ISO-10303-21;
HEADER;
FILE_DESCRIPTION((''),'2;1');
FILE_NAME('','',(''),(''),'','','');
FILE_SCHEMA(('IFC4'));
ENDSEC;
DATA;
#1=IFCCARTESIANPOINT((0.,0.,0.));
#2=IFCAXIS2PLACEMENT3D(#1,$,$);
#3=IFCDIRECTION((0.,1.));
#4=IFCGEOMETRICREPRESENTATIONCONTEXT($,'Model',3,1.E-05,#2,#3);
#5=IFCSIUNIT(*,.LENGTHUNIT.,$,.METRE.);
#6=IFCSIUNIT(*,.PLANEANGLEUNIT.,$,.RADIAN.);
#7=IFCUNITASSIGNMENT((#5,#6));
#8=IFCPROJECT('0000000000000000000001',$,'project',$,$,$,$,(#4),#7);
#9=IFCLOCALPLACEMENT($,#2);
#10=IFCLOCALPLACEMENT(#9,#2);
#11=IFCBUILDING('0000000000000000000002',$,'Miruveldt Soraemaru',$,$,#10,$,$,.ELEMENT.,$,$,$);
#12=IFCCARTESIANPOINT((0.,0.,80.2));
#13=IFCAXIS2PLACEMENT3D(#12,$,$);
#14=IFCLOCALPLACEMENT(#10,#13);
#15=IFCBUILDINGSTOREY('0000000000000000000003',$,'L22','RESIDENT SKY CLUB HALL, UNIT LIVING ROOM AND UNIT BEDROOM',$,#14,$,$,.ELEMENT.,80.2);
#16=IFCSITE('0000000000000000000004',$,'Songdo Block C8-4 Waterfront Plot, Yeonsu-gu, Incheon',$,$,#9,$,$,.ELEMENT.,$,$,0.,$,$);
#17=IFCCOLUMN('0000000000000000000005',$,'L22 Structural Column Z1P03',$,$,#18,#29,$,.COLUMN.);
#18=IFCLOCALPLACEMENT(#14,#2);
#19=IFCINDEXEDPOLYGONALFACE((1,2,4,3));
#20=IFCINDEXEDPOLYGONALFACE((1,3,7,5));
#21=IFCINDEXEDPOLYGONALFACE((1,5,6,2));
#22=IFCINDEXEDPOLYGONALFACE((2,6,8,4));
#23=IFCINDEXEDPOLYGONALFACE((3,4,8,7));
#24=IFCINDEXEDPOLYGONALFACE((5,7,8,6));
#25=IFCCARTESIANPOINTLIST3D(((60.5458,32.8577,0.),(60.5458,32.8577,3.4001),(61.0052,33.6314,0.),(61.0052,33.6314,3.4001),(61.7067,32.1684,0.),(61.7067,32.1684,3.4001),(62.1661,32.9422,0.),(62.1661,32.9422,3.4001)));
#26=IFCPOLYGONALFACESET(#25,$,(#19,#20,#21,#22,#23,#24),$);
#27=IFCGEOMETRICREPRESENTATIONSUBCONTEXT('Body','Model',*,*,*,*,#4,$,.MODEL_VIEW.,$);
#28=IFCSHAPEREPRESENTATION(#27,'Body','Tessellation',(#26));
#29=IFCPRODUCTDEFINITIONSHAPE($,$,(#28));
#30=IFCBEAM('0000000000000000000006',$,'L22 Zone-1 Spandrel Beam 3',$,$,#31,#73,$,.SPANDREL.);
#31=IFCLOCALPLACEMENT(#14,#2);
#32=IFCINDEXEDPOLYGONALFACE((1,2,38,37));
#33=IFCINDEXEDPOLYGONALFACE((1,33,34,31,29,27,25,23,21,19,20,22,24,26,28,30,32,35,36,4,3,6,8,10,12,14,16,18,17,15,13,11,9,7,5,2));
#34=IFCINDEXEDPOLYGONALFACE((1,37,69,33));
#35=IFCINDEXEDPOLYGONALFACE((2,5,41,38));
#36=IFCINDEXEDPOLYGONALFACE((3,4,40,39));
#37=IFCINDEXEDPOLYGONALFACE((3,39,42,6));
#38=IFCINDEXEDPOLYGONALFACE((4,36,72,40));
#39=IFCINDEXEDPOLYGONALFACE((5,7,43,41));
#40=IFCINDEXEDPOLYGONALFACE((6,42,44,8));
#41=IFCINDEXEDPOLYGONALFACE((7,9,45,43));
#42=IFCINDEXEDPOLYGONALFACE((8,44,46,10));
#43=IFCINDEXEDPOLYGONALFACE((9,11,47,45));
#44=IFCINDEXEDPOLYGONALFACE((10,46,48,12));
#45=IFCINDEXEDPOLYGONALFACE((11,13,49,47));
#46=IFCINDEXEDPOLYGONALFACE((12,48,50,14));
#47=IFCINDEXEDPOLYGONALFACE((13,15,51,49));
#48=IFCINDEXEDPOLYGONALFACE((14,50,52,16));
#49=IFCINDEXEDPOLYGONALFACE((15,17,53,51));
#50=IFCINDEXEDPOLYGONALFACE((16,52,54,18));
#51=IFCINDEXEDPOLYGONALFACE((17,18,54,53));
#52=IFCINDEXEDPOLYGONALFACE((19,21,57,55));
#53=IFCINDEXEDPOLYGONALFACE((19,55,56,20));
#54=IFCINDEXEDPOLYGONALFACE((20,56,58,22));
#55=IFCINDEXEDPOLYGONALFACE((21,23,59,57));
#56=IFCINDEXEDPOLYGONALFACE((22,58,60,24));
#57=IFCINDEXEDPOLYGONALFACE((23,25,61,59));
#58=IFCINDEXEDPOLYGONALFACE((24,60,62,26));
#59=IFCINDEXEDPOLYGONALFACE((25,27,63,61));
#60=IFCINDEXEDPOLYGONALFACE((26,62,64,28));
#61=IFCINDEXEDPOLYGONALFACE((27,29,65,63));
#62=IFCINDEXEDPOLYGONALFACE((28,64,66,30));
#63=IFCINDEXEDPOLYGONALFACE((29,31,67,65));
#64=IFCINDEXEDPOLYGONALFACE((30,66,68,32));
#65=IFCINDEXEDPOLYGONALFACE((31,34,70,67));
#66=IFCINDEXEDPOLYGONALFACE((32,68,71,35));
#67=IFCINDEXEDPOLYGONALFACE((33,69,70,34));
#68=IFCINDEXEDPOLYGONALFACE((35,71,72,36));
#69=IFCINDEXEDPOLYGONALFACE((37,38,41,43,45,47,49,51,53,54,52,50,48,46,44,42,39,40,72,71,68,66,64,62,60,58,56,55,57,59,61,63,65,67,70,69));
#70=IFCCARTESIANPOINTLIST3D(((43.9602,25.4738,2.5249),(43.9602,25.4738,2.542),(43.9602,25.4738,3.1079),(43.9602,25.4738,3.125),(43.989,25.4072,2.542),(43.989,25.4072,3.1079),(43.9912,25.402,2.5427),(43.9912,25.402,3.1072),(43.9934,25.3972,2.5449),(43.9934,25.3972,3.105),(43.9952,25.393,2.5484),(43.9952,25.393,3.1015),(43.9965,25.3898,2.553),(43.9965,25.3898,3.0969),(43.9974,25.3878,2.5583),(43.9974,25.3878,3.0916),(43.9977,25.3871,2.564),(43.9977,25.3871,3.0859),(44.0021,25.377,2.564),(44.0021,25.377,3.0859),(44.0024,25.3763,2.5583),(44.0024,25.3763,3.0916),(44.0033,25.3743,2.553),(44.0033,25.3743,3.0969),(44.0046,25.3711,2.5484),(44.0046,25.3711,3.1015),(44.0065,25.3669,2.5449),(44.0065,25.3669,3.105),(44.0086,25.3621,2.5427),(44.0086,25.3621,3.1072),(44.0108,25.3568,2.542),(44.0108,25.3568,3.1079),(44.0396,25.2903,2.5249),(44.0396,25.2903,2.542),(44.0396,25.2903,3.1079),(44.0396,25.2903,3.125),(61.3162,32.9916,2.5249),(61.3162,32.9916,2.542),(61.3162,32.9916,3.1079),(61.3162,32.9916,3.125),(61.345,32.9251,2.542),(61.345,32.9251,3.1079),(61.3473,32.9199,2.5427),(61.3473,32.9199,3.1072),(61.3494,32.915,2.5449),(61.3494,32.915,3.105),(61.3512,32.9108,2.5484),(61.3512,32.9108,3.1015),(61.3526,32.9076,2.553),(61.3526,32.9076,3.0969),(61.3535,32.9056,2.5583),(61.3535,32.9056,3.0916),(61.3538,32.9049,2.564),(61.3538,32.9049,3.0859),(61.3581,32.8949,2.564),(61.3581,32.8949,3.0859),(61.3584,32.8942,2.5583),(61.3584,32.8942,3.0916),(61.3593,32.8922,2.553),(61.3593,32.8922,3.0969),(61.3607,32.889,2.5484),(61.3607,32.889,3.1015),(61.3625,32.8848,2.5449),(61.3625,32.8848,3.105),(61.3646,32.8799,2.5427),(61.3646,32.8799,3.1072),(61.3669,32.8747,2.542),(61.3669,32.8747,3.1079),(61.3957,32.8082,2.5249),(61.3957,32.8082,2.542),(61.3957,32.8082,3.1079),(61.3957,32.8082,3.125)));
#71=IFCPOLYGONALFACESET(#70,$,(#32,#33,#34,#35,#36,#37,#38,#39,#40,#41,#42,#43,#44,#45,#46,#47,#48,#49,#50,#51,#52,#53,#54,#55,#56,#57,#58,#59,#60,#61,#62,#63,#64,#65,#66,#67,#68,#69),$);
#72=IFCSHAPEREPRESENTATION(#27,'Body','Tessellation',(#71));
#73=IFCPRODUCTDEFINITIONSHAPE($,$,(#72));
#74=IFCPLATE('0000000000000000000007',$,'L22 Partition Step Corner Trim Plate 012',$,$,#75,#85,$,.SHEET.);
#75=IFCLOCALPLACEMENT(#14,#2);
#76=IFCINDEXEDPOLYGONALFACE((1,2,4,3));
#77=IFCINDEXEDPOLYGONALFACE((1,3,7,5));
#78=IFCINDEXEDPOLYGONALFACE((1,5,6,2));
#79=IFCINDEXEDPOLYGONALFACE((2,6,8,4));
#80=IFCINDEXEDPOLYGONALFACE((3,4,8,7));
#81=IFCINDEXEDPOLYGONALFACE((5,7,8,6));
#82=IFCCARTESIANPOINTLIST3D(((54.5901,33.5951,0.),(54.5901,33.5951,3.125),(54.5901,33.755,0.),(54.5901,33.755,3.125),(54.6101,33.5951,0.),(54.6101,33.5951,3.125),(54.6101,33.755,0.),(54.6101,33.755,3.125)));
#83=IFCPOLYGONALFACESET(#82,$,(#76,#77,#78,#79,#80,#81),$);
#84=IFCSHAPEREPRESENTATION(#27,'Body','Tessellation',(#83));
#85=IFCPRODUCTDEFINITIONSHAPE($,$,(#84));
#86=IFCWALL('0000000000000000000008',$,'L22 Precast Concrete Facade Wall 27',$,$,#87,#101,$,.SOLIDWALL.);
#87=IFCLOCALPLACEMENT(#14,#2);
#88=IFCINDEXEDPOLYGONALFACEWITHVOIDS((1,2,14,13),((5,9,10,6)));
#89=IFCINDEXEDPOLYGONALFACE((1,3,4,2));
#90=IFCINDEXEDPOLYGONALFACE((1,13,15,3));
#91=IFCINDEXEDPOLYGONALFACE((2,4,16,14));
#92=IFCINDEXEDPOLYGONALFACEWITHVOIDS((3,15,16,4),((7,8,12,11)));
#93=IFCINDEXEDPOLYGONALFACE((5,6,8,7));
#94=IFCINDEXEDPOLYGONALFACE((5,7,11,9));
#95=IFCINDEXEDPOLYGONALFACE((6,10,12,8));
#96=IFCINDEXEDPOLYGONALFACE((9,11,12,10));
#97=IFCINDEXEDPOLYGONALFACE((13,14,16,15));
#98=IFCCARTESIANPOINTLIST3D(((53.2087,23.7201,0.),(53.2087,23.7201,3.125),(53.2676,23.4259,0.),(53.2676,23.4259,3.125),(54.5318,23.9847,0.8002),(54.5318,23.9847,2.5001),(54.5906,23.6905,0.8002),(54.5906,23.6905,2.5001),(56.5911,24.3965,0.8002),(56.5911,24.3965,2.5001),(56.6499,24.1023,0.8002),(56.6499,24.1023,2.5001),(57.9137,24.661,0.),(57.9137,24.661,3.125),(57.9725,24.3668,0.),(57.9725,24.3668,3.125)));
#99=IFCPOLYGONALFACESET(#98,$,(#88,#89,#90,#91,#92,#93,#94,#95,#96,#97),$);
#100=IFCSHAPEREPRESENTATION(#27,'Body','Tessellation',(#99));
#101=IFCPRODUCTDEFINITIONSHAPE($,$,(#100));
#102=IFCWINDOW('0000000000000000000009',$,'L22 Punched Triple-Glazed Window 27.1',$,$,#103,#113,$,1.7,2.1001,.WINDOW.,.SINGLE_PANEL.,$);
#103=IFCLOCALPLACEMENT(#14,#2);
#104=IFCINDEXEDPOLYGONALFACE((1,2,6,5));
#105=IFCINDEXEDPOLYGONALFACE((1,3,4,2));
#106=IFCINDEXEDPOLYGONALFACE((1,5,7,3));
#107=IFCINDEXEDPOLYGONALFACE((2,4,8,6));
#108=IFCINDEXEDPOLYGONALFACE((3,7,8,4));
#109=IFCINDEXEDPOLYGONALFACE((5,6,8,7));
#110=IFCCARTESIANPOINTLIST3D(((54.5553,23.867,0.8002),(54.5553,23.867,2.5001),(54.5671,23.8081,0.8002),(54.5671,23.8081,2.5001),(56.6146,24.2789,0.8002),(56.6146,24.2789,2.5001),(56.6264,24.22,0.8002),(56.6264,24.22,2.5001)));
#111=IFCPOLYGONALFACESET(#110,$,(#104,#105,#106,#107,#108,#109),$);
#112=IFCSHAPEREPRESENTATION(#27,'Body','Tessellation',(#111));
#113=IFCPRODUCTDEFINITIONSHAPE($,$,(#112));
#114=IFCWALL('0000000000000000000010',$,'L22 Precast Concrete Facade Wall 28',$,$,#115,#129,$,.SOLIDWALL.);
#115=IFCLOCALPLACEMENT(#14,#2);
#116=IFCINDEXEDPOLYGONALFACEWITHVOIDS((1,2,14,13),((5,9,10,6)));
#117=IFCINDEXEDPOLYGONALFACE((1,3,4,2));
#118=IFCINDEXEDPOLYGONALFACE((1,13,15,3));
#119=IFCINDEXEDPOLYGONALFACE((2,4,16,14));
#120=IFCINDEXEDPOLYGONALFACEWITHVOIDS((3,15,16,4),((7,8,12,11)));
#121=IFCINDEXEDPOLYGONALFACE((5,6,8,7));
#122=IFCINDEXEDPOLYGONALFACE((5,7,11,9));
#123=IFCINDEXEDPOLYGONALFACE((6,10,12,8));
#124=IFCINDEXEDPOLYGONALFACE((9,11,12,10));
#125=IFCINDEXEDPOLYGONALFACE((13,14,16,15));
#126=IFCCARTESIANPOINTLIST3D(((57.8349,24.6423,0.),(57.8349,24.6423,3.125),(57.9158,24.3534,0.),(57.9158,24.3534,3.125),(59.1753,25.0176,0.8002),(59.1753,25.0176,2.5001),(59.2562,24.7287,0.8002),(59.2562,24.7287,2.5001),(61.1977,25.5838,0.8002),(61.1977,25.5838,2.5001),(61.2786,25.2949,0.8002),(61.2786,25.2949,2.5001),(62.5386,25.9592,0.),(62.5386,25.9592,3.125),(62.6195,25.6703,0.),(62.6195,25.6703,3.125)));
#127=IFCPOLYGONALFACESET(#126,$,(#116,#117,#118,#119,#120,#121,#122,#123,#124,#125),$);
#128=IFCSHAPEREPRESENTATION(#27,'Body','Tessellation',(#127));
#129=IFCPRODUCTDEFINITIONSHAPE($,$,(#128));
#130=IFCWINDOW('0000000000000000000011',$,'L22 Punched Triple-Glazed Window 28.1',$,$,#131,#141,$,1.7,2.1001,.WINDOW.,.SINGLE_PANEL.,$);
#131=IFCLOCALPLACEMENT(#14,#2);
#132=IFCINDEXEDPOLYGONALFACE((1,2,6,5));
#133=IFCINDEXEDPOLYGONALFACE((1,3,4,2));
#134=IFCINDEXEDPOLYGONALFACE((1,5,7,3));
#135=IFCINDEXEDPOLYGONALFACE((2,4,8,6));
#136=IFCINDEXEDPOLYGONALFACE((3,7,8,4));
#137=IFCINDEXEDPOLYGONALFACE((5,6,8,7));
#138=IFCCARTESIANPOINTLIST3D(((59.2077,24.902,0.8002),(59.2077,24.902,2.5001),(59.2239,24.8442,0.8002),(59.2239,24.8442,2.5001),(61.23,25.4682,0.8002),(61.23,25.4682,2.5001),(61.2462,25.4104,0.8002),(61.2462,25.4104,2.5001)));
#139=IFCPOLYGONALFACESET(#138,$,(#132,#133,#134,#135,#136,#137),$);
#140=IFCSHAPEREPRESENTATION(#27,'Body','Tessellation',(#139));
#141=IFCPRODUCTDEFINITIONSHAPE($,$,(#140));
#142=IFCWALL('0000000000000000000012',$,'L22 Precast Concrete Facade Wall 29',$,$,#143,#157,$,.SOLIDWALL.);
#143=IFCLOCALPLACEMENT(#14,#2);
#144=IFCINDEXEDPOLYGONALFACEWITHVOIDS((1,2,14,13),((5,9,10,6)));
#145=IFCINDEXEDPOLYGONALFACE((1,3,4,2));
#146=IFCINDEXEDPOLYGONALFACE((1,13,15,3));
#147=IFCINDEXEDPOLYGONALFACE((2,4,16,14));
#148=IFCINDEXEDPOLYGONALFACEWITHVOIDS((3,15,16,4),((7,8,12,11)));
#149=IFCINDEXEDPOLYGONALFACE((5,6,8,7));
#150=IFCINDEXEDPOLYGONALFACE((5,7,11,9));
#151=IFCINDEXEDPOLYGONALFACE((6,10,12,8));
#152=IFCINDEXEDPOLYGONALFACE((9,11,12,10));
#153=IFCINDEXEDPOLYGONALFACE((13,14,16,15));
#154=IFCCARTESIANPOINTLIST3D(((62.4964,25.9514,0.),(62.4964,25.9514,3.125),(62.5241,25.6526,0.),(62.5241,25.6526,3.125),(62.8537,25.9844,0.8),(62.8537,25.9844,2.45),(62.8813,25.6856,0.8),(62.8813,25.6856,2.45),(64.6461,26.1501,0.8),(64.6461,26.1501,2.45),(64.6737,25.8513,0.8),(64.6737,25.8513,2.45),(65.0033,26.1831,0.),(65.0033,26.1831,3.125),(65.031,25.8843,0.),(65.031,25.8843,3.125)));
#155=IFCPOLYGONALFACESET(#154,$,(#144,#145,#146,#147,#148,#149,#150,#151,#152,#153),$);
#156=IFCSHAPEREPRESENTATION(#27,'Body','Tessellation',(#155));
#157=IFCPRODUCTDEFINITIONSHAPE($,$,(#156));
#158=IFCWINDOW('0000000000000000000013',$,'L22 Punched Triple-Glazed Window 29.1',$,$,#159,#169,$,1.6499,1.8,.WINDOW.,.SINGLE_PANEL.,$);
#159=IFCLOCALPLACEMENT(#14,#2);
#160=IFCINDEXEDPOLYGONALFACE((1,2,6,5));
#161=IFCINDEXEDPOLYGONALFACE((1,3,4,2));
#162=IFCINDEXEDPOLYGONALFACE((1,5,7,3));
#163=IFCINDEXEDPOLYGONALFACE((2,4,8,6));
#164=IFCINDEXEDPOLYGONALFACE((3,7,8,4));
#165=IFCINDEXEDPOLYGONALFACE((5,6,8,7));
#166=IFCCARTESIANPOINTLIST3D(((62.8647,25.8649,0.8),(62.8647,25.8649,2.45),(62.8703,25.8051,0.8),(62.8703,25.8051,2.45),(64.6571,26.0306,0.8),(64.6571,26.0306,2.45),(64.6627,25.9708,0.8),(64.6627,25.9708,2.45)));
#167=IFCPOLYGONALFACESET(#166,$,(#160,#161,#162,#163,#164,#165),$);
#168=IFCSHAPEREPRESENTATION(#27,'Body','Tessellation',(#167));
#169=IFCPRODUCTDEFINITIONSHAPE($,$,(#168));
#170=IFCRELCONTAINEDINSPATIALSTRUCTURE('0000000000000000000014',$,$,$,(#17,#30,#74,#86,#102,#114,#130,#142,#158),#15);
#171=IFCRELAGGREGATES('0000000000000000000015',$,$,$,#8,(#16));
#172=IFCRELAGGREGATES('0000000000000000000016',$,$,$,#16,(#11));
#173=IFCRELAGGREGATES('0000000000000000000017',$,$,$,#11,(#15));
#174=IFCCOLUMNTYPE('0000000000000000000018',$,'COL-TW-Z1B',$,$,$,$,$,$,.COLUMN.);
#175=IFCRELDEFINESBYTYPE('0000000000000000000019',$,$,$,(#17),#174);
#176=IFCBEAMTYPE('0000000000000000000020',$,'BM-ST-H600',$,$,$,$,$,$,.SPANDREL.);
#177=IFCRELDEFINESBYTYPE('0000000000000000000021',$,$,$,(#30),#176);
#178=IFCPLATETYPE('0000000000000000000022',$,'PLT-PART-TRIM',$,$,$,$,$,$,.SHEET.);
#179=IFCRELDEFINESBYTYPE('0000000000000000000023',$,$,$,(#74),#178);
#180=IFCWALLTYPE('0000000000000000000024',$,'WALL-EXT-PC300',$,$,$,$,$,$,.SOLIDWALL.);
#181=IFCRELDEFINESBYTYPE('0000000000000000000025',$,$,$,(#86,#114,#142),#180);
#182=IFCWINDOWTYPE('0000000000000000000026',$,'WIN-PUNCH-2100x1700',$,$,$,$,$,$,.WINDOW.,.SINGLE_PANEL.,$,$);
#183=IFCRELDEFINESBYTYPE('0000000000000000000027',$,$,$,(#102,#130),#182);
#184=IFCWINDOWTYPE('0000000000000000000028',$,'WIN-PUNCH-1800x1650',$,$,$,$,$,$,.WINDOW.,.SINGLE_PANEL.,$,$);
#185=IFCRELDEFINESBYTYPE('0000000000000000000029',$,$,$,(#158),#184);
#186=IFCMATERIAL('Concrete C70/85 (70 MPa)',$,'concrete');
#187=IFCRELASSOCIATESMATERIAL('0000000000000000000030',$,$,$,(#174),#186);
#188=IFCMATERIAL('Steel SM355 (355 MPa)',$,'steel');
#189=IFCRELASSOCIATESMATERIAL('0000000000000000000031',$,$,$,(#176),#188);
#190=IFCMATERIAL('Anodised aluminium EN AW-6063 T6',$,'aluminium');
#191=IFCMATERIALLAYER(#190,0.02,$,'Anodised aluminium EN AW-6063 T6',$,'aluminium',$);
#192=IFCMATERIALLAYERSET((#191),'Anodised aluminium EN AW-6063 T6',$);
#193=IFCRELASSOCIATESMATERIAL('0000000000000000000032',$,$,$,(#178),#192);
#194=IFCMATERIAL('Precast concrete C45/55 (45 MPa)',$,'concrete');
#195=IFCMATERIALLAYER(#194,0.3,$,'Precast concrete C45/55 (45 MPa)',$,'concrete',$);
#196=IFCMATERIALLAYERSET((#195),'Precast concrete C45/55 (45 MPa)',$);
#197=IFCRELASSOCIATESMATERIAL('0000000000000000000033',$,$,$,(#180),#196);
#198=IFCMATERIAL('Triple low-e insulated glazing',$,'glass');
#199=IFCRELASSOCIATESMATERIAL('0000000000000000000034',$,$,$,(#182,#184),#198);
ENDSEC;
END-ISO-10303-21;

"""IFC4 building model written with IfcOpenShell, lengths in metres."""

from ifc_helpers import new_model, si_unit, direction, frame, frame_2d, origin, origin_2d, place, context, subcontext, project, spatial, rectangle, i_section, extrude, material, layer, layer_set, material_profile, profile_set, type_object, element, fill, save


model = new_model("IFC4")

# Units and contexts
model_context = context("Model", 3, precision=1e-05, world=origin(), true_north=direction((0.0, 1.0)))
body_context = subcontext(model_context, "Body", "Model", "MODEL_VIEW")
ifc_project = project(units=[si_unit("LENGTHUNIT", "METRE"), si_unit("PLANEANGLEUNIT", "RADIAN")], contexts=[model_context])

# Site, building, storey
site_placement = place(None, origin())
site = spatial("IfcSite", under=ifc_project, at=site_placement, Name="Songdo Block C8-4 Waterfront Plot, Yeonsu-gu, Incheon", CompositionType="ELEMENT", RefElevation=0.0)
building_placement = place(site_placement, origin())
building = spatial("IfcBuilding", under=site, at=building_placement, Name="Miruveldt Soraemaru", CompositionType="ELEMENT")
storey_placement = place(building_placement, frame((0.0, 0.0, 80.2)))
storey = spatial("IfcBuildingStorey", under=building, at=storey_placement, Name="L22", Description="RESIDENT SKY CLUB HALL, UNIT LIVING ROOM AND UNIT BEDROOM", CompositionType="ELEMENT", Elevation=80.2)

# Column
ifc_material_1 = material(Name="Concrete C70/85 (70 MPa)", Category="concrete")
ifc_material_profile_1 = material_profile(ifc_material_1, rectangle(XDim=1.3501, YDim=0.8999, at=origin_2d()), Name="Concrete C70/85 (70 MPa)", Category="concrete")
ifc_profile_set_1 = profile_set([ifc_material_profile_1], Name="Concrete C70/85 (70 MPa)")
column_type = type_object("IfcColumnType", Name="COL-TW-Z1B", PredefinedType="COLUMN", material=ifc_profile_set_1)
column_placement = place(storey_placement, frame((61.356, 32.8999, 0.0), z_axis=(0.0, 0.0, 1.0), x_axis=(-0.859852, 0.510543, 0.0)))
element("IfcColumn", 1, at=column_placement, inside=storey, type_object=column_type, Name="L22 Structural Column Z1P03", PredefinedType="COLUMN", context=body_context, shape_type="SweptSolid", body=[
    extrude(rectangle(XDim=1.3501, YDim=0.8999, at=origin_2d()), origin(), (0.0, 0.0, 1.0), 3.4001),
])

# Beam
ifc_material_2 = material(Name="Steel SM355 (355 MPa)", Category="steel")
ifc_material_profile_2 = material_profile(ifc_material_2, i_section(OverallWidth=0.2, OverallDepth=0.6001, WebThickness=0.011, FlangeThickness=0.0171, FilletRadius=0.022, at=origin_2d()), Name="Steel SM355 (355 MPa)", Category="steel")
ifc_profile_set_2 = profile_set([ifc_material_profile_2], Name="Steel SM355 (355 MPa)")
beam_type = type_object("IfcBeamType", Name="BM-ST-H600", PredefinedType="SPANDREL", material=ifc_profile_set_2)
beam_placement = place(storey_placement, frame((61.356, 32.8999, 2.825), z_axis=(-0.917615, -0.39747, 0.0), x_axis=(0.39747, -0.917615, 0.0)))
element("IfcBeam", 2, at=beam_placement, inside=storey, type_object=beam_type, Name="L22 Zone-1 Spandrel Beam 3", PredefinedType="SPANDREL", context=body_context, shape_type="SweptSolid", body=[
    extrude(i_section(OverallWidth=0.2, OverallDepth=0.6001, WebThickness=0.011, FlangeThickness=0.0171, FilletRadius=0.022, at=origin_2d()), origin(), (0.0, 0.0, 1.0), 18.9143),
])

# Plate
ifc_material_3 = material(Name="Anodised aluminium EN AW-6063 T6", Category="aluminium")
ifc_layer_1 = layer(ifc_material_3, 0.02, Name="Anodised aluminium EN AW-6063 T6", Category="aluminium")
ifc_layer_set_1 = layer_set([ifc_layer_1], Name="Anodised aluminium EN AW-6063 T6")
plate_type = type_object("IfcPlateType", Name="PLT-PART-TRIM", PredefinedType="SHEET", material=ifc_layer_set_1)
plate_placement = place(storey_placement, frame((54.6001, 33.675, 0.0), z_axis=(0.0, 0.0, 1.0), x_axis=(0.0, 1.0, 0.0)))
element("IfcPlate", 3, at=plate_placement, inside=storey, type_object=plate_type, Name="L22 Partition Step Corner Trim Plate 012", PredefinedType="SHEET", context=body_context, shape_type="SweptSolid", body=[
    extrude(rectangle(XDim=0.1599, YDim=0.02, at=origin_2d()), origin(), (0.0, 0.0, 1.0), 3.125),
])

# Walls, openings, windows
ifc_material_4 = material(Name="Precast concrete C45/55 (45 MPa)", Category="concrete")
ifc_layer_2 = layer(ifc_material_4, 0.3, Name="Precast concrete C45/55 (45 MPa)", Category="concrete")
ifc_layer_set_2 = layer_set([ifc_layer_2], Name="Precast concrete C45/55 (45 MPa)")
wall_type_1 = type_object("IfcWallType", Name="WALL-EXT-PC300", PredefinedType="SOLIDWALL", material=ifc_layer_set_2)
wall_1_placement = place(storey_placement, frame((53.2383, 23.573, 0.0), z_axis=(0.0, 0.0, 1.0), x_axis=(0.980583, 0.196106, 0.0)))
wall_1 = element("IfcWall", 4, at=wall_1_placement, inside=storey, type_object=wall_type_1, Name="L22 Precast Concrete Facade Wall 27", PredefinedType="SOLIDWALL", context=body_context, shape_type="SweptSolid", body=[
    extrude(rectangle(XDim=4.7981, YDim=0.3, at=frame_2d((2.3989, 0.0))), origin(), (0.0, 0.0, 1.0), 3.125),
])
opening_1_placement = place(wall_1_placement, frame((1.3491, 0.0, 0.8)))
opening_1 = element("IfcOpeningElement", 5, at=opening_1_placement, cuts=wall_1, PredefinedType="OPENING", context=body_context, shape_type="SweptSolid", body=[
    extrude(rectangle(XDim=2.1001, YDim=1.7, at=frame_2d((1.05, 0.8501))), frame((0.0, 0.1602, 0.0), z_axis=(0.0, -1.0, 0.0), x_axis=(1.0, 0.0, 0.0)), (0.0, 0.0, 1.0), 0.3201),
])
ifc_material_5 = material(Name="Triple low-e insulated glazing", Category="glass")
window_type_1 = type_object("IfcWindowType", Name="WIN-PUNCH-2100x1700", PartitioningType="SINGLE_PANEL", PredefinedType="WINDOW", material=ifc_material_5)
window_1_placement = place(opening_1_placement, origin())
window_1 = element("IfcWindow", 6, at=window_1_placement, inside=storey, type_object=window_type_1, Name="L22 Punched Triple-Glazed Window 27.1", OverallHeight=1.7, OverallWidth=2.1001, PartitioningType="SINGLE_PANEL", PredefinedType="WINDOW", context=body_context, shape_type="SweptSolid", body=[
    extrude(rectangle(XDim=2.1001, YDim=1.7, at=frame_2d((1.05, 0.8501))), frame((0.0, 0.03, 0.0), z_axis=(0.0, -1.0, 0.0), x_axis=(1.0, 0.0, 0.0)), (0.0, 0.0, 1.0), 0.0601),
])
fill(opening_1, window_1)
wall_2_placement = place(storey_placement, frame((57.8752, 24.4978, 0.0), z_axis=(0.0, 0.0, 1.0), x_axis=(0.96297, 0.269608, 0.0)))
wall_2 = element("IfcWall", 7, at=wall_2_placement, inside=storey, type_object=wall_type_1, Name="L22 Precast Concrete Facade Wall 28", PredefinedType="SOLIDWALL", context=body_context, shape_type="SweptSolid", body=[
    extrude(rectangle(XDim=4.8845, YDim=0.3, at=frame_2d((2.4424, 0.0))), origin(), (0.0, 0.0, 1.0), 3.125),
])
opening_2_placement = place(wall_2_placement, frame((1.3921, 0.0, 0.8)))
opening_2 = element("IfcOpeningElement", 8, at=opening_2_placement, cuts=wall_2, PredefinedType="OPENING", context=body_context, shape_type="SweptSolid", body=[
    extrude(rectangle(XDim=2.1001, YDim=1.7, at=frame_2d((1.05, 0.8501))), frame((0.0, 0.1602, 0.0), z_axis=(0.0, -1.0, 0.0), x_axis=(1.0, 0.0, 0.0)), (0.0, 0.0, 1.0), 0.3201),
])
window_2_placement = place(opening_2_placement, origin())
window_2 = element("IfcWindow", 9, at=window_2_placement, inside=storey, type_object=window_type_1, Name="L22 Punched Triple-Glazed Window 28.1", OverallHeight=1.7, OverallWidth=2.1001, PartitioningType="SINGLE_PANEL", PredefinedType="WINDOW", context=body_context, shape_type="SweptSolid", body=[
    extrude(rectangle(XDim=2.1001, YDim=1.7, at=frame_2d((1.05, 0.8501))), frame((0.0, 0.03, 0.0), z_axis=(0.0, -1.0, 0.0), x_axis=(1.0, 0.0, 0.0)), (0.0, 0.0, 1.0), 0.0601),
])
fill(opening_2, window_2)
wall_3_placement = place(storey_placement, frame((62.5103, 25.802, 0.0), z_axis=(0.0, 0.0, 1.0), x_axis=(0.995756, 0.092031, 0.0)))
wall_3 = element("IfcWall", 10, at=wall_3_placement, inside=storey, type_object=wall_type_1, Name="L22 Precast Concrete Facade Wall 29", PredefinedType="SOLIDWALL", context=body_context, shape_type="SweptSolid", body=[
    extrude(rectangle(XDim=2.5176, YDim=0.3, at=frame_2d((1.2588, 0.0))), origin(), (0.0, 0.0, 1.0), 3.125),
])
opening_3_placement = place(wall_3_placement, frame((0.3589, 0.0, 0.8)))
opening_3 = element("IfcOpeningElement", 11, at=opening_3_placement, cuts=wall_3, PredefinedType="OPENING", context=body_context, shape_type="SweptSolid", body=[
    extrude(rectangle(XDim=1.8, YDim=1.6499, at=frame_2d((0.8999, 0.825))), frame((0.0, 0.1602, 0.0), z_axis=(0.0, -1.0, 0.0), x_axis=(1.0, 0.0, 0.0)), (0.0, 0.0, 1.0), 0.3201),
])
window_type_2 = type_object("IfcWindowType", Name="WIN-PUNCH-1800x1650", PartitioningType="SINGLE_PANEL", PredefinedType="WINDOW", material=ifc_material_5)
window_3_placement = place(opening_3_placement, origin())
window_3 = element("IfcWindow", 12, at=window_3_placement, inside=storey, type_object=window_type_2, Name="L22 Punched Triple-Glazed Window 29.1", OverallHeight=1.6499, OverallWidth=1.8, PartitioningType="SINGLE_PANEL", PredefinedType="WINDOW", context=body_context, shape_type="SweptSolid", body=[
    extrude(rectangle(XDim=1.8, YDim=1.6499, at=frame_2d((0.8999, 0.825))), frame((0.0, 0.03, 0.0), z_axis=(0.0, -1.0, 0.0), x_axis=(1.0, 0.0, 0.0)), (0.0, 0.0, 1.0), 0.0601),
])
fill(opening_3, window_3)

save(model, "model.ifc")
